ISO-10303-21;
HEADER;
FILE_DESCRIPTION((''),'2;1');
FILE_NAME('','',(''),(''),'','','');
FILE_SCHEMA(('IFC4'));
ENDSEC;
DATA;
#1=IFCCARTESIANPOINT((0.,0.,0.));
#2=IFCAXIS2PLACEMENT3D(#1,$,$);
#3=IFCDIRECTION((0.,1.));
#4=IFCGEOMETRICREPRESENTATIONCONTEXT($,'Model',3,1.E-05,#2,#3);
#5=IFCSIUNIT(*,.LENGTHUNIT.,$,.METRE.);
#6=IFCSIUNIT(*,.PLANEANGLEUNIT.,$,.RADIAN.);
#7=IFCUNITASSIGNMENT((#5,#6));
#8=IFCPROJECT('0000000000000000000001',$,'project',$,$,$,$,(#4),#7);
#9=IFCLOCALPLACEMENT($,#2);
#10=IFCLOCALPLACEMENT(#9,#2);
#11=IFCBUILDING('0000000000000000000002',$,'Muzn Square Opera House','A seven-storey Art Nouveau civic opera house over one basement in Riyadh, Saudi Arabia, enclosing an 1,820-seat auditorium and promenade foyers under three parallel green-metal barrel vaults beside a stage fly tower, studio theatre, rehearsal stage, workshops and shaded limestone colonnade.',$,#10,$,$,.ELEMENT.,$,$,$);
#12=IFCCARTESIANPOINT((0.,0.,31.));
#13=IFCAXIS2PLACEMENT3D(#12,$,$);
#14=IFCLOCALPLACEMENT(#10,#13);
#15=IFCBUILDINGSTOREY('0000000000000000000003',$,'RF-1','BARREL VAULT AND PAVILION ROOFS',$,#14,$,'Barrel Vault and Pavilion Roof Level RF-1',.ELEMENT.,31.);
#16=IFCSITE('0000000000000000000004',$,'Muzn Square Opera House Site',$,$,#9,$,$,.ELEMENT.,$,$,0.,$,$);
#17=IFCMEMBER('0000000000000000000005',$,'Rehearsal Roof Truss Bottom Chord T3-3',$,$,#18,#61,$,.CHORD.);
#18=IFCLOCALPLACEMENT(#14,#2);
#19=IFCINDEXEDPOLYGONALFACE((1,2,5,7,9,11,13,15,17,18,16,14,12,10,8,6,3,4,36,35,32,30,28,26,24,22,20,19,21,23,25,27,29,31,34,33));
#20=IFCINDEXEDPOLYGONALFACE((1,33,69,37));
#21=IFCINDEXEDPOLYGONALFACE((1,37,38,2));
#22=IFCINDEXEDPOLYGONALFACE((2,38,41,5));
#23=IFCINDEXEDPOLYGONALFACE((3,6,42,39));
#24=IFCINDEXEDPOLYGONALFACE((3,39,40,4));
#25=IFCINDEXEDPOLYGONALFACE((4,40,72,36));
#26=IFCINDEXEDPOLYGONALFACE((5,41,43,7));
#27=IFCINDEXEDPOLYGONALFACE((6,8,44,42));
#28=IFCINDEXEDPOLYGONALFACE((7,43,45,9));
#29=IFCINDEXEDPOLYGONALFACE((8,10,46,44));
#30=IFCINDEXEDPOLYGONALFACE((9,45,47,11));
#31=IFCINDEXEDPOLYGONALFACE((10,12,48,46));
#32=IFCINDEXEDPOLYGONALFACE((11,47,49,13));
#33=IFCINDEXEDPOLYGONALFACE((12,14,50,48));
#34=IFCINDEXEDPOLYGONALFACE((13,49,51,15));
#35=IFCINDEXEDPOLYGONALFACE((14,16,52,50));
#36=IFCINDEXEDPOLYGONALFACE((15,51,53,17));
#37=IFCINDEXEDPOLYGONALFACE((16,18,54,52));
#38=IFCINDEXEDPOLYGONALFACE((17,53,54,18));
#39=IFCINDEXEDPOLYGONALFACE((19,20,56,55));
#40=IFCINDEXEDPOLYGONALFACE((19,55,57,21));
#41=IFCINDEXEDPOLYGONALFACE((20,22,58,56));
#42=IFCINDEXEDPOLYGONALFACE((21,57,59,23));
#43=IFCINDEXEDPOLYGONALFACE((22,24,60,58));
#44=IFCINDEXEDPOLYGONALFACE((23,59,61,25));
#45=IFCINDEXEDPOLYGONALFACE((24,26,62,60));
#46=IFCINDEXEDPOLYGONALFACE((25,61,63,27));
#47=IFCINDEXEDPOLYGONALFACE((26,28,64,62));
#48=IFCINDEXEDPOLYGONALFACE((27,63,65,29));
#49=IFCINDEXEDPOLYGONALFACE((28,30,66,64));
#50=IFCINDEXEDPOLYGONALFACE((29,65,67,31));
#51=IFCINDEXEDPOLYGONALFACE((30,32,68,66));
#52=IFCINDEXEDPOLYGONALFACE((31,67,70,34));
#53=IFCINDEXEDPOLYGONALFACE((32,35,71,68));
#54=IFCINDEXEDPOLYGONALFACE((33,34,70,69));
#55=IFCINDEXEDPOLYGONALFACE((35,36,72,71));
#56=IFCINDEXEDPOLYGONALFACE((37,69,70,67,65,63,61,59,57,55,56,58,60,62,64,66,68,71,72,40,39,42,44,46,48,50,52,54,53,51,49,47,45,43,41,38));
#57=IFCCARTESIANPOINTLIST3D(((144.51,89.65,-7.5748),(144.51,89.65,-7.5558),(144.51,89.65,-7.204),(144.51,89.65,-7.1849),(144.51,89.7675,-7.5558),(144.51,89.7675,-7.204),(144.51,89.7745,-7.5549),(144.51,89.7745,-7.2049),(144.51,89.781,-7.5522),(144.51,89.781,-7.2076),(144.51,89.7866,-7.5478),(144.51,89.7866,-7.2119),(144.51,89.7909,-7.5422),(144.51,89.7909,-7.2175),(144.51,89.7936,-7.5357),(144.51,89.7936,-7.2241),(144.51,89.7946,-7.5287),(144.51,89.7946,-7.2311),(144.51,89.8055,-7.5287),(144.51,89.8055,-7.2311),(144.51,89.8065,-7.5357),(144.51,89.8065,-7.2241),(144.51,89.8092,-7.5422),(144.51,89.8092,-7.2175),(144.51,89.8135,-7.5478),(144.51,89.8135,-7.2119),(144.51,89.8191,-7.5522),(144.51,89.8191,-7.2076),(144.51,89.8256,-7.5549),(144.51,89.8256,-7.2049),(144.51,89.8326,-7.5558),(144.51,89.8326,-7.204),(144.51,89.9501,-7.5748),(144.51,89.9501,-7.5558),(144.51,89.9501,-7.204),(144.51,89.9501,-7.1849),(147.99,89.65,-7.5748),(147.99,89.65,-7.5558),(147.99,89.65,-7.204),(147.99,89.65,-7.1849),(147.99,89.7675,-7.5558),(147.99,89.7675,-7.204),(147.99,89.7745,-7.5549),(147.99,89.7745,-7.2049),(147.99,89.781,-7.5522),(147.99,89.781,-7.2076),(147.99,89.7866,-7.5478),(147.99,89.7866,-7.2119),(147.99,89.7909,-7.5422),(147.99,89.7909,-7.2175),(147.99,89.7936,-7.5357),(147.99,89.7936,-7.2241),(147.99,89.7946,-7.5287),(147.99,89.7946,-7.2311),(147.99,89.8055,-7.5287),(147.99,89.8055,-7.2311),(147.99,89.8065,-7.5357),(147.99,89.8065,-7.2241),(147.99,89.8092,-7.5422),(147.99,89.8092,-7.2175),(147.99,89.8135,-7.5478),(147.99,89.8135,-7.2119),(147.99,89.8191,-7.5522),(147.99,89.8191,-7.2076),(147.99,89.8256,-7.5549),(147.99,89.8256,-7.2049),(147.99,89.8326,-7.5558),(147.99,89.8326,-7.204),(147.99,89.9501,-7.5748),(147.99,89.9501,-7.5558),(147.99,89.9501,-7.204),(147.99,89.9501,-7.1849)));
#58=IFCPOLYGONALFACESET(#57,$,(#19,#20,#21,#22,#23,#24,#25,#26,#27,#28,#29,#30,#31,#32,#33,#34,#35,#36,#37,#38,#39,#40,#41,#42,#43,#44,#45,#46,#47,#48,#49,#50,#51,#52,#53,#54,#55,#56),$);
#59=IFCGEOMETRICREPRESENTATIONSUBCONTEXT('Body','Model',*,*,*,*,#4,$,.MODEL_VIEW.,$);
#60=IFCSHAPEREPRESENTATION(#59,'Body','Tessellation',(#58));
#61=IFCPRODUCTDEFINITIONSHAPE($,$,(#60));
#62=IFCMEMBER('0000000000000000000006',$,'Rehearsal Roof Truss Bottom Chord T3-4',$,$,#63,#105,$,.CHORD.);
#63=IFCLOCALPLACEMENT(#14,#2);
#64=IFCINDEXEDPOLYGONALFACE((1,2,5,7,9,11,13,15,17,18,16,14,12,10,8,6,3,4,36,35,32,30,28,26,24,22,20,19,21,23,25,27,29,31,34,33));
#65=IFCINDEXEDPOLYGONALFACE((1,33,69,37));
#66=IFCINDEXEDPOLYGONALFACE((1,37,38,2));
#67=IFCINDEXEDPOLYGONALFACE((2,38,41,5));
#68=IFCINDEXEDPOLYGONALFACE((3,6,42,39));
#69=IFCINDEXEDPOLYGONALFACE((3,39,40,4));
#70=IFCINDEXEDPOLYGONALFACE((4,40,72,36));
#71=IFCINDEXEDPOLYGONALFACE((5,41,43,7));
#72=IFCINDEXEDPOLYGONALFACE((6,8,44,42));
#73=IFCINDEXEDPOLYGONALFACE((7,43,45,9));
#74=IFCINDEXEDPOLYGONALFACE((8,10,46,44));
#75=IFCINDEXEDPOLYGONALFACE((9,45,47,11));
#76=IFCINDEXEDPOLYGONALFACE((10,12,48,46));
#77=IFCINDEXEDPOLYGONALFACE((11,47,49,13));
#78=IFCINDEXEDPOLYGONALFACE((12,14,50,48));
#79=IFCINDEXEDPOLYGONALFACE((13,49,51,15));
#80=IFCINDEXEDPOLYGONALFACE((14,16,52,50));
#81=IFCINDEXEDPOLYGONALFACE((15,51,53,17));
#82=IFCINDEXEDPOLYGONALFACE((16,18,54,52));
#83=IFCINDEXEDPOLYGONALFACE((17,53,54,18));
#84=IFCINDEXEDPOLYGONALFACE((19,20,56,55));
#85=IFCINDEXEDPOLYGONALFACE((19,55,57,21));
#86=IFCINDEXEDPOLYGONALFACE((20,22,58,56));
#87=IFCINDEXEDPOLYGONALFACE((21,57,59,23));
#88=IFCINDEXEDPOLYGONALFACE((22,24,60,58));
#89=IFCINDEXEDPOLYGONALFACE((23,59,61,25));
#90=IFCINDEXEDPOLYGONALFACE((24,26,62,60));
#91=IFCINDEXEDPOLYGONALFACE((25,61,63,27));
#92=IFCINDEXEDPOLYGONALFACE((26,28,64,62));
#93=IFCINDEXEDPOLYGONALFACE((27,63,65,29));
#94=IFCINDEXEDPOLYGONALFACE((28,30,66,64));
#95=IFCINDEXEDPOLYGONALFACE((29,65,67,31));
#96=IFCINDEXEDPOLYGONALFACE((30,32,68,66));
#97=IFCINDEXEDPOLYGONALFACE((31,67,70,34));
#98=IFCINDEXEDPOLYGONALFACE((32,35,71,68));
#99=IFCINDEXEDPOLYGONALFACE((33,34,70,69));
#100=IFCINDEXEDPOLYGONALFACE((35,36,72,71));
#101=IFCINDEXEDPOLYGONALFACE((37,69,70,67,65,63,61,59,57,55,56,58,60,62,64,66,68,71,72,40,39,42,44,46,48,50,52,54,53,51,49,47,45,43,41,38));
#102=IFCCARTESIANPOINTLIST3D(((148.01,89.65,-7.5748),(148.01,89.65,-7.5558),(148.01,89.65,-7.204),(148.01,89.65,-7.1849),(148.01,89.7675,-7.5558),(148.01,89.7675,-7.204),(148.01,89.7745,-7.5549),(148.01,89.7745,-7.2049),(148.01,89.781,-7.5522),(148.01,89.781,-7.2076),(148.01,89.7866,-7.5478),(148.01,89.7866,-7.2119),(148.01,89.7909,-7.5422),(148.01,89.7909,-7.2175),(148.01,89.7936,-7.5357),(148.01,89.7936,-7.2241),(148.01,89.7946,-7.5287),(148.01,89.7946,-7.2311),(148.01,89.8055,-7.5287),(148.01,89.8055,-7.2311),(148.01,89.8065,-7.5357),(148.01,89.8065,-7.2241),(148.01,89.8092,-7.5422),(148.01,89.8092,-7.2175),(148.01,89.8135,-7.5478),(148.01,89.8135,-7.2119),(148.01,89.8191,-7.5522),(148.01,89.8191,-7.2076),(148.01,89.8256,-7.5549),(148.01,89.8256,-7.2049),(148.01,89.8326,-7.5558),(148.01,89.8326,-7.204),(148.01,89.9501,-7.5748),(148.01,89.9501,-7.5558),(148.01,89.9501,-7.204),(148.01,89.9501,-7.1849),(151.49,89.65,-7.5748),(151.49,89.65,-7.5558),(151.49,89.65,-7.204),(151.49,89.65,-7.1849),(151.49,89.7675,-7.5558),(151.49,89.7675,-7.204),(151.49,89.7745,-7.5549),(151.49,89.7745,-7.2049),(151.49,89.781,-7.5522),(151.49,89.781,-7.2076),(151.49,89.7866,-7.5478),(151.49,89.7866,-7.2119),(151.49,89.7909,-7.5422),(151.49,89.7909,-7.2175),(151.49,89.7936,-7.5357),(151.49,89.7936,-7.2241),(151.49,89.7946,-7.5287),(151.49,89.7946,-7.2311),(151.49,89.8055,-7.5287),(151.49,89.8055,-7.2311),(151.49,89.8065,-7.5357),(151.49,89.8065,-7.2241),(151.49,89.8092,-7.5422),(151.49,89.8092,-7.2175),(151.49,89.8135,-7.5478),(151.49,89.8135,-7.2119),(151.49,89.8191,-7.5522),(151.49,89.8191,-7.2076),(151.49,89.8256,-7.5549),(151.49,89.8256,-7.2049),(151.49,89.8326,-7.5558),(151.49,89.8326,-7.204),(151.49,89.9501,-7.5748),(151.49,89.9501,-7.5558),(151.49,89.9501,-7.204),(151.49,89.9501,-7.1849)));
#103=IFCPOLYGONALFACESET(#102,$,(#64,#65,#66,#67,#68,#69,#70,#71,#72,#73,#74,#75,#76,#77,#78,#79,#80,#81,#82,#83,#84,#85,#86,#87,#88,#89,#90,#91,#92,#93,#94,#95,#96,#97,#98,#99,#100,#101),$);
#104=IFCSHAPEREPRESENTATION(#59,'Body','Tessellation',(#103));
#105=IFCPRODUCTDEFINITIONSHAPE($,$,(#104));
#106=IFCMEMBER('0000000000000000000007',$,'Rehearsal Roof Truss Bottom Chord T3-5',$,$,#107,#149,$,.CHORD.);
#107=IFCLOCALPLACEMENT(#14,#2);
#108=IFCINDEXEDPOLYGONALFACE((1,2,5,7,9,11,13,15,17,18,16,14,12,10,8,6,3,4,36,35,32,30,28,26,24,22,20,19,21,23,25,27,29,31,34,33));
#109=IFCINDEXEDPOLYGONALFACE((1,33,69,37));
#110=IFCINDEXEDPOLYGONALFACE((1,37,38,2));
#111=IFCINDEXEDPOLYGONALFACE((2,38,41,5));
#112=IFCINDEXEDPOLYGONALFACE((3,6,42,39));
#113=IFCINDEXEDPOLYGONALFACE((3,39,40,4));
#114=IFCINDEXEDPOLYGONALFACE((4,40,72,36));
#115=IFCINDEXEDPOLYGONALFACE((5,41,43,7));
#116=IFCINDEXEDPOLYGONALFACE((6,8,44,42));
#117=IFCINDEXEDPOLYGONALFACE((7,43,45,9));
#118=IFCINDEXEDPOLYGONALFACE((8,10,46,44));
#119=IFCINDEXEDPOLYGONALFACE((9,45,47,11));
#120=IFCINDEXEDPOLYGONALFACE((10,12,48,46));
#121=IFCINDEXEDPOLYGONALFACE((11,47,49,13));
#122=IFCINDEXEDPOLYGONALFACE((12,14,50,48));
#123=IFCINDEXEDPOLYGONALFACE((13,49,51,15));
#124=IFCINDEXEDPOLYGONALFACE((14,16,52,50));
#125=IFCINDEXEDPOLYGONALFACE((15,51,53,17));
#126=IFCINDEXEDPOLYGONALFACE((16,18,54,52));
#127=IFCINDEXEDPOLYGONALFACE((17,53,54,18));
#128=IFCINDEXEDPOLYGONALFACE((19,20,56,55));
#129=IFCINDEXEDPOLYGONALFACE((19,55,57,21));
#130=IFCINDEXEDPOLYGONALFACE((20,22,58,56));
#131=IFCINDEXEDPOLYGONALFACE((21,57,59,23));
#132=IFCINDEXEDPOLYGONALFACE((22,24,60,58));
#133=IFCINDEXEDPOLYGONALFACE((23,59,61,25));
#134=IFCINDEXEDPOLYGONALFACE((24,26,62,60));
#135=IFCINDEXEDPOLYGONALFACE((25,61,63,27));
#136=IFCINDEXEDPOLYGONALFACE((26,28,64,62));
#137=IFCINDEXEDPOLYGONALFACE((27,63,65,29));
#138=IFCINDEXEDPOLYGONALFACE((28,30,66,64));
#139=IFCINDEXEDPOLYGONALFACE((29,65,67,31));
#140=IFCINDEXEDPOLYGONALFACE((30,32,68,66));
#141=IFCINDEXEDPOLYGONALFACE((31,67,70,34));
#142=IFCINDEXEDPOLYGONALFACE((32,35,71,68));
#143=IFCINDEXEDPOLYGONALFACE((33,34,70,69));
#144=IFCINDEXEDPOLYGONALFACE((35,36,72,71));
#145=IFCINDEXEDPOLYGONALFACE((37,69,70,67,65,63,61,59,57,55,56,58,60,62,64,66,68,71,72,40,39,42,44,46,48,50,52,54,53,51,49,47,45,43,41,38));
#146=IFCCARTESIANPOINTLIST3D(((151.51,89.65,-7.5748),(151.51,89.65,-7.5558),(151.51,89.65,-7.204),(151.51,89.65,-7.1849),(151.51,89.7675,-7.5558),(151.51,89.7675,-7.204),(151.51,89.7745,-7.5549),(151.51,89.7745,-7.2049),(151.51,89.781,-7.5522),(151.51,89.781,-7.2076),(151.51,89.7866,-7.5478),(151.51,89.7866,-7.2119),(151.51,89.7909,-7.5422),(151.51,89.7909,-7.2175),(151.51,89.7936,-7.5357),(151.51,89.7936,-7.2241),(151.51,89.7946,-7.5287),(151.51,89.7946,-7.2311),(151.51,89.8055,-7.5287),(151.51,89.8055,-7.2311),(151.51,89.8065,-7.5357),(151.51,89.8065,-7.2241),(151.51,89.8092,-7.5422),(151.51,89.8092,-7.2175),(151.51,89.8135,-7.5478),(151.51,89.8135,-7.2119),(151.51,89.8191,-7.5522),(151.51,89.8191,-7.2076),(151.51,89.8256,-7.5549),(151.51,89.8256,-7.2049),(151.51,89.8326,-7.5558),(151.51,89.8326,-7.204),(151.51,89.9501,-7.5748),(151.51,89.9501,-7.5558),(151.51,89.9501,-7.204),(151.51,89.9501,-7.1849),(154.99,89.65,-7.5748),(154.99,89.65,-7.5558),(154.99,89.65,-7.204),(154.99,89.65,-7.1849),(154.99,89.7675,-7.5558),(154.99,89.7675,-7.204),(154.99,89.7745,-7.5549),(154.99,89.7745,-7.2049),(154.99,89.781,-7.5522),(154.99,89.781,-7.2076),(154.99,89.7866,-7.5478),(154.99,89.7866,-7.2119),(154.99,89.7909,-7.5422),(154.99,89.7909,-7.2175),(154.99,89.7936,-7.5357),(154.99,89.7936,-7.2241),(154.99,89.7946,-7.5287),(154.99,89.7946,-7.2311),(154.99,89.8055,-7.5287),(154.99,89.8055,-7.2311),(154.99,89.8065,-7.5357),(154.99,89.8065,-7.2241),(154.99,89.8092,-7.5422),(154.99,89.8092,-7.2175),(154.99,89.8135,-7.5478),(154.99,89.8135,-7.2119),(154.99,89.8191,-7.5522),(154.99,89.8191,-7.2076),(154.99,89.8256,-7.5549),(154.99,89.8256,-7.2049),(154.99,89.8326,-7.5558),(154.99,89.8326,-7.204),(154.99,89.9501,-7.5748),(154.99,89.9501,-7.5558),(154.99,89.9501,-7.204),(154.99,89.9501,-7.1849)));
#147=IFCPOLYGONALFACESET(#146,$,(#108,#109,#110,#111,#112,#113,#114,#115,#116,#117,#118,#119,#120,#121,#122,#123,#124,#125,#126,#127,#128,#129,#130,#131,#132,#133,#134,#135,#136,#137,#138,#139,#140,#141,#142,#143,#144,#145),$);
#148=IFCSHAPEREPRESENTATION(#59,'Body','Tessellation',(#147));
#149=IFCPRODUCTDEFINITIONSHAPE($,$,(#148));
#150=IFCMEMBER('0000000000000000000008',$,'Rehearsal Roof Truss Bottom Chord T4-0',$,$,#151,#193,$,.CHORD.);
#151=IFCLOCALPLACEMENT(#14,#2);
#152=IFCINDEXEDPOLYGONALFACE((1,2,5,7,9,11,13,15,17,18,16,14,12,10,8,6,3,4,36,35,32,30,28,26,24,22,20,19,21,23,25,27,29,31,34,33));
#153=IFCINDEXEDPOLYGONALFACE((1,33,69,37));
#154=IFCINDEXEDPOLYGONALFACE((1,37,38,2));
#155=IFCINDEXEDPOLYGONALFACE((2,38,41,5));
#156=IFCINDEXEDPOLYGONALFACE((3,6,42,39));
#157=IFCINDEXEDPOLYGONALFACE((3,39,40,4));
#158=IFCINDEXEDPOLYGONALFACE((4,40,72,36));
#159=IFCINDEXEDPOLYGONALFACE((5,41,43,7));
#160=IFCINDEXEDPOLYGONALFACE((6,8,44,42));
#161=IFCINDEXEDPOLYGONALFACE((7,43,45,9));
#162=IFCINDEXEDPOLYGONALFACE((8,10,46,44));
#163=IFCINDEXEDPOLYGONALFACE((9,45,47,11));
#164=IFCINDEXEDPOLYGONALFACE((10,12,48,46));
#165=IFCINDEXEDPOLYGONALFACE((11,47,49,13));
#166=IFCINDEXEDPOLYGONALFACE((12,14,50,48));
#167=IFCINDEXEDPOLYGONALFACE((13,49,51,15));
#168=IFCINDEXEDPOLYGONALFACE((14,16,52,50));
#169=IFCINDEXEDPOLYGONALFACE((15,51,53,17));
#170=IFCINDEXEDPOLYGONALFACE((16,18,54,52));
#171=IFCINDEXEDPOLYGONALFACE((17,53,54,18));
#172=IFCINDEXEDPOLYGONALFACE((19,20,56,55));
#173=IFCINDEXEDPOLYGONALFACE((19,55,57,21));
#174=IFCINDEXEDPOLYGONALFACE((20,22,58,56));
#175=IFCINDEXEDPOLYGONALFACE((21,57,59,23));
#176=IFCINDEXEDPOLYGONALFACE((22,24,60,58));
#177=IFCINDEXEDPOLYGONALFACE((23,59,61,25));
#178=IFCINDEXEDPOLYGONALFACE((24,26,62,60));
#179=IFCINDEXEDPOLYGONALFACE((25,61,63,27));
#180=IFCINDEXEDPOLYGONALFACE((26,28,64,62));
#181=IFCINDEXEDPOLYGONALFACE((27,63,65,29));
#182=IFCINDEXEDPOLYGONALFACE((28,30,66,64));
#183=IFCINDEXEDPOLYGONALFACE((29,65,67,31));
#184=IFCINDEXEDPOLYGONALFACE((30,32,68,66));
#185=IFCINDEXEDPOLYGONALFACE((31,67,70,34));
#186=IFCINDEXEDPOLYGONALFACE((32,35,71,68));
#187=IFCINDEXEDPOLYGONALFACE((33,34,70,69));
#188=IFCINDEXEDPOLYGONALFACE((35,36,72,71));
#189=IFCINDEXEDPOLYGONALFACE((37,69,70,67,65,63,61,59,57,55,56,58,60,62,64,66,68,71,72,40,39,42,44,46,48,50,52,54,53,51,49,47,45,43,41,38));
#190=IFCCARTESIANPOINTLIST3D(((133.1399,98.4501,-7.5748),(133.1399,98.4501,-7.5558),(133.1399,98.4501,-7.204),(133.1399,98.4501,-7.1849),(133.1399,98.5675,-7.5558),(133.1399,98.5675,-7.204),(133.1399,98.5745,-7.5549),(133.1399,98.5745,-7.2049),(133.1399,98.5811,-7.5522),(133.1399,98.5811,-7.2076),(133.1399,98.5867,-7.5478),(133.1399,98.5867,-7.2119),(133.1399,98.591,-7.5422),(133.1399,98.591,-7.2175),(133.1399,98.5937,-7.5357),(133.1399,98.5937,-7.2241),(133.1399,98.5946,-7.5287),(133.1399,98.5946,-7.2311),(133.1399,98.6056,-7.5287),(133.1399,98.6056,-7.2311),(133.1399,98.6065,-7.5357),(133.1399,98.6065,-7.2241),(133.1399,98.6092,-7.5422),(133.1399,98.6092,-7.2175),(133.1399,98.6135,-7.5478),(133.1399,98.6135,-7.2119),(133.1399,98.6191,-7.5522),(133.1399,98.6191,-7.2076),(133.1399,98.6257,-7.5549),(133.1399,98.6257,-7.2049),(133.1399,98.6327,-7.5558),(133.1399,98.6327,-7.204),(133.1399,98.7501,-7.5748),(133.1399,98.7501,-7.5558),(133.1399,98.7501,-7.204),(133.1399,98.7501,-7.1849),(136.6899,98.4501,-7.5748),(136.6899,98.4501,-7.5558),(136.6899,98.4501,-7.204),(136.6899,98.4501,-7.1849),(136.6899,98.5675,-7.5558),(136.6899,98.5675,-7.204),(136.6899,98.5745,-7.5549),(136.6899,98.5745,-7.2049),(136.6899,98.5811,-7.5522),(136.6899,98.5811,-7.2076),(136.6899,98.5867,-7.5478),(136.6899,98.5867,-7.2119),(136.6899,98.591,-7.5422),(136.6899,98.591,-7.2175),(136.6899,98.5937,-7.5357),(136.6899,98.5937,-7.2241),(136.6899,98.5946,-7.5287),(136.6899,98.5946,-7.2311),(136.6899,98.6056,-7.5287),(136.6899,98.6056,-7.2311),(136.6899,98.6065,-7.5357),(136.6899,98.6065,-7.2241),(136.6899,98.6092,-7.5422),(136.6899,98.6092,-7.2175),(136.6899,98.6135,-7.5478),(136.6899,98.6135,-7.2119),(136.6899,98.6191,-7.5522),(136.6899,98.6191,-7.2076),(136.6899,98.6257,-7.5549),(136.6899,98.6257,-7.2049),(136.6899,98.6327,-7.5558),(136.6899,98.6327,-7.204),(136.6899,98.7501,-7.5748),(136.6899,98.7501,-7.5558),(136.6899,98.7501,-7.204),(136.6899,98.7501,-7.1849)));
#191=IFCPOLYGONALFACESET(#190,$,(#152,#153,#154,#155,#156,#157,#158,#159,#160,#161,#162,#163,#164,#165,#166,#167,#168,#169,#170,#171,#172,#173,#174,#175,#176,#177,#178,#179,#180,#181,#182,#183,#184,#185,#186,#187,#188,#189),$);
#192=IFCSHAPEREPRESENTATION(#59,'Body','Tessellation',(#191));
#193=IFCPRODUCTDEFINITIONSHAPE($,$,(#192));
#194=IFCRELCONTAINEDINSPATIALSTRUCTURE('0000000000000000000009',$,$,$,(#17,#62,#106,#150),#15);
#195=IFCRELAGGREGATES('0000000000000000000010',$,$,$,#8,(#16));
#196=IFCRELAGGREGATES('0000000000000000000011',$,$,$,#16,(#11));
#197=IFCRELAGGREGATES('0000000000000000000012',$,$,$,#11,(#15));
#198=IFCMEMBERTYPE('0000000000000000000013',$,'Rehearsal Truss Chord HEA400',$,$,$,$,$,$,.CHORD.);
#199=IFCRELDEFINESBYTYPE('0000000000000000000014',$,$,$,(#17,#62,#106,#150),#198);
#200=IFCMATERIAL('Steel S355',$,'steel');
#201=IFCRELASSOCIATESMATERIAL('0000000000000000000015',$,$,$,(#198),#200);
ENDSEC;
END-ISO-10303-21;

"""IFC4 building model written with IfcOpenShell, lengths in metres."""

from ifc_helpers import new_model, si_unit, direction, frame, origin, origin_2d, place, context, subcontext, project, spatial, i_section, extrude, material, material_profile, profile_set, type_object, element, save


model = new_model("IFC4")

# Units and contexts
model_context = context("Model", 3, precision=1e-05, world=origin(), true_north=direction((0.0, 1.0)))
body_context = subcontext(model_context, "Body", "Model", "MODEL_VIEW")
ifc_project = project(units=[si_unit("LENGTHUNIT", "METRE"), si_unit("PLANEANGLEUNIT", "RADIAN")], contexts=[model_context])

# Site, building, storey
site_placement = place(None, origin())
site = spatial("IfcSite", under=ifc_project, at=site_placement, Name="Muzn Square Opera House Site", CompositionType="ELEMENT", RefElevation=0.0)
building_placement = place(site_placement, origin())
building = spatial("IfcBuilding", under=site, at=building_placement, Name="Muzn Square Opera House", Description="A seven-storey Art Nouveau civic opera house over one basement in Riyadh, Saudi Arabia, enclosing an 1,820-seat auditorium and promenade foyers under three parallel green-metal barrel vaults beside a stage fly tower, studio theatre, rehearsal stage, workshops and shaded limestone colonnade.", CompositionType="ELEMENT")
storey_placement = place(building_placement, frame((0.0, 0.0, 31.0)))
storey = spatial("IfcBuildingStorey", under=building, at=storey_placement, Name="RF-1", Description="BARREL VAULT AND PAVILION ROOFS", LongName="Barrel Vault and Pavilion Roof Level RF-1", CompositionType="ELEMENT", Elevation=31.0)

# Shared definitions
ifc_material = material(Name="Steel S355", Category="steel")

# Members
ifc_material_profile_1 = material_profile(ifc_material, i_section(OverallWidth=0.3, OverallDepth=0.3899, WebThickness=0.011, FlangeThickness=0.019, FilletRadius=0.0271, at=origin_2d()), Name="HEA 400", Category="steel")
ifc_profile_set_1 = profile_set([ifc_material_profile_1], Name="Steel S355")
member_type_1 = type_object("IfcMemberType", Name="Rehearsal Truss Chord HEA400", PredefinedType="CHORD", material=ifc_profile_set_1)
for number, where, z_axis, x_axis, name in (
    (1, (144.51, 89.8, -7.3799), (1.0, 0.0, 0.0), (0.0, 1.0, 0.0), "Rehearsal Roof Truss Bottom Chord T3-3"),
    (2, (148.01, 89.8, -7.3799), (1.0, 0.0, 0.0), (0.0, 1.0, 0.0), "Rehearsal Roof Truss Bottom Chord T3-4"),
    (3, (151.51, 89.8, -7.3799), (1.0, 0.0, 0.0), (0.0, 1.0, 0.0), "Rehearsal Roof Truss Bottom Chord T3-5"),
):
    element("IfcMember", number, at=place(storey_placement, frame(where, z_axis=z_axis, x_axis=x_axis)), inside=storey, type_object=member_type_1, Name=name, PredefinedType="CHORD", context=body_context, shape_type="SweptSolid", body=[
        extrude(i_section(OverallWidth=0.3, OverallDepth=0.3899, WebThickness=0.011, FlangeThickness=0.019, FilletRadius=0.0271, at=origin_2d()), origin(), (0.0, 0.0, 1.0), 3.48),
    ])
member_1_placement = place(storey_placement, frame((133.1399, 98.6001, -7.3799), z_axis=(1.0, 0.0, 0.0), x_axis=(0.0, 1.0, 0.0)))
element("IfcMember", 4, at=member_1_placement, inside=storey, type_object=member_type_1, Name="Rehearsal Roof Truss Bottom Chord T4-0", PredefinedType="CHORD", context=body_context, shape_type="SweptSolid", body=[
    extrude(i_section(OverallWidth=0.3, OverallDepth=0.3899, WebThickness=0.011, FlangeThickness=0.019, FilletRadius=0.0271, at=origin_2d()), origin(), (0.0, 0.0, 1.0), 3.55),
])

save(model, "model.ifc")
